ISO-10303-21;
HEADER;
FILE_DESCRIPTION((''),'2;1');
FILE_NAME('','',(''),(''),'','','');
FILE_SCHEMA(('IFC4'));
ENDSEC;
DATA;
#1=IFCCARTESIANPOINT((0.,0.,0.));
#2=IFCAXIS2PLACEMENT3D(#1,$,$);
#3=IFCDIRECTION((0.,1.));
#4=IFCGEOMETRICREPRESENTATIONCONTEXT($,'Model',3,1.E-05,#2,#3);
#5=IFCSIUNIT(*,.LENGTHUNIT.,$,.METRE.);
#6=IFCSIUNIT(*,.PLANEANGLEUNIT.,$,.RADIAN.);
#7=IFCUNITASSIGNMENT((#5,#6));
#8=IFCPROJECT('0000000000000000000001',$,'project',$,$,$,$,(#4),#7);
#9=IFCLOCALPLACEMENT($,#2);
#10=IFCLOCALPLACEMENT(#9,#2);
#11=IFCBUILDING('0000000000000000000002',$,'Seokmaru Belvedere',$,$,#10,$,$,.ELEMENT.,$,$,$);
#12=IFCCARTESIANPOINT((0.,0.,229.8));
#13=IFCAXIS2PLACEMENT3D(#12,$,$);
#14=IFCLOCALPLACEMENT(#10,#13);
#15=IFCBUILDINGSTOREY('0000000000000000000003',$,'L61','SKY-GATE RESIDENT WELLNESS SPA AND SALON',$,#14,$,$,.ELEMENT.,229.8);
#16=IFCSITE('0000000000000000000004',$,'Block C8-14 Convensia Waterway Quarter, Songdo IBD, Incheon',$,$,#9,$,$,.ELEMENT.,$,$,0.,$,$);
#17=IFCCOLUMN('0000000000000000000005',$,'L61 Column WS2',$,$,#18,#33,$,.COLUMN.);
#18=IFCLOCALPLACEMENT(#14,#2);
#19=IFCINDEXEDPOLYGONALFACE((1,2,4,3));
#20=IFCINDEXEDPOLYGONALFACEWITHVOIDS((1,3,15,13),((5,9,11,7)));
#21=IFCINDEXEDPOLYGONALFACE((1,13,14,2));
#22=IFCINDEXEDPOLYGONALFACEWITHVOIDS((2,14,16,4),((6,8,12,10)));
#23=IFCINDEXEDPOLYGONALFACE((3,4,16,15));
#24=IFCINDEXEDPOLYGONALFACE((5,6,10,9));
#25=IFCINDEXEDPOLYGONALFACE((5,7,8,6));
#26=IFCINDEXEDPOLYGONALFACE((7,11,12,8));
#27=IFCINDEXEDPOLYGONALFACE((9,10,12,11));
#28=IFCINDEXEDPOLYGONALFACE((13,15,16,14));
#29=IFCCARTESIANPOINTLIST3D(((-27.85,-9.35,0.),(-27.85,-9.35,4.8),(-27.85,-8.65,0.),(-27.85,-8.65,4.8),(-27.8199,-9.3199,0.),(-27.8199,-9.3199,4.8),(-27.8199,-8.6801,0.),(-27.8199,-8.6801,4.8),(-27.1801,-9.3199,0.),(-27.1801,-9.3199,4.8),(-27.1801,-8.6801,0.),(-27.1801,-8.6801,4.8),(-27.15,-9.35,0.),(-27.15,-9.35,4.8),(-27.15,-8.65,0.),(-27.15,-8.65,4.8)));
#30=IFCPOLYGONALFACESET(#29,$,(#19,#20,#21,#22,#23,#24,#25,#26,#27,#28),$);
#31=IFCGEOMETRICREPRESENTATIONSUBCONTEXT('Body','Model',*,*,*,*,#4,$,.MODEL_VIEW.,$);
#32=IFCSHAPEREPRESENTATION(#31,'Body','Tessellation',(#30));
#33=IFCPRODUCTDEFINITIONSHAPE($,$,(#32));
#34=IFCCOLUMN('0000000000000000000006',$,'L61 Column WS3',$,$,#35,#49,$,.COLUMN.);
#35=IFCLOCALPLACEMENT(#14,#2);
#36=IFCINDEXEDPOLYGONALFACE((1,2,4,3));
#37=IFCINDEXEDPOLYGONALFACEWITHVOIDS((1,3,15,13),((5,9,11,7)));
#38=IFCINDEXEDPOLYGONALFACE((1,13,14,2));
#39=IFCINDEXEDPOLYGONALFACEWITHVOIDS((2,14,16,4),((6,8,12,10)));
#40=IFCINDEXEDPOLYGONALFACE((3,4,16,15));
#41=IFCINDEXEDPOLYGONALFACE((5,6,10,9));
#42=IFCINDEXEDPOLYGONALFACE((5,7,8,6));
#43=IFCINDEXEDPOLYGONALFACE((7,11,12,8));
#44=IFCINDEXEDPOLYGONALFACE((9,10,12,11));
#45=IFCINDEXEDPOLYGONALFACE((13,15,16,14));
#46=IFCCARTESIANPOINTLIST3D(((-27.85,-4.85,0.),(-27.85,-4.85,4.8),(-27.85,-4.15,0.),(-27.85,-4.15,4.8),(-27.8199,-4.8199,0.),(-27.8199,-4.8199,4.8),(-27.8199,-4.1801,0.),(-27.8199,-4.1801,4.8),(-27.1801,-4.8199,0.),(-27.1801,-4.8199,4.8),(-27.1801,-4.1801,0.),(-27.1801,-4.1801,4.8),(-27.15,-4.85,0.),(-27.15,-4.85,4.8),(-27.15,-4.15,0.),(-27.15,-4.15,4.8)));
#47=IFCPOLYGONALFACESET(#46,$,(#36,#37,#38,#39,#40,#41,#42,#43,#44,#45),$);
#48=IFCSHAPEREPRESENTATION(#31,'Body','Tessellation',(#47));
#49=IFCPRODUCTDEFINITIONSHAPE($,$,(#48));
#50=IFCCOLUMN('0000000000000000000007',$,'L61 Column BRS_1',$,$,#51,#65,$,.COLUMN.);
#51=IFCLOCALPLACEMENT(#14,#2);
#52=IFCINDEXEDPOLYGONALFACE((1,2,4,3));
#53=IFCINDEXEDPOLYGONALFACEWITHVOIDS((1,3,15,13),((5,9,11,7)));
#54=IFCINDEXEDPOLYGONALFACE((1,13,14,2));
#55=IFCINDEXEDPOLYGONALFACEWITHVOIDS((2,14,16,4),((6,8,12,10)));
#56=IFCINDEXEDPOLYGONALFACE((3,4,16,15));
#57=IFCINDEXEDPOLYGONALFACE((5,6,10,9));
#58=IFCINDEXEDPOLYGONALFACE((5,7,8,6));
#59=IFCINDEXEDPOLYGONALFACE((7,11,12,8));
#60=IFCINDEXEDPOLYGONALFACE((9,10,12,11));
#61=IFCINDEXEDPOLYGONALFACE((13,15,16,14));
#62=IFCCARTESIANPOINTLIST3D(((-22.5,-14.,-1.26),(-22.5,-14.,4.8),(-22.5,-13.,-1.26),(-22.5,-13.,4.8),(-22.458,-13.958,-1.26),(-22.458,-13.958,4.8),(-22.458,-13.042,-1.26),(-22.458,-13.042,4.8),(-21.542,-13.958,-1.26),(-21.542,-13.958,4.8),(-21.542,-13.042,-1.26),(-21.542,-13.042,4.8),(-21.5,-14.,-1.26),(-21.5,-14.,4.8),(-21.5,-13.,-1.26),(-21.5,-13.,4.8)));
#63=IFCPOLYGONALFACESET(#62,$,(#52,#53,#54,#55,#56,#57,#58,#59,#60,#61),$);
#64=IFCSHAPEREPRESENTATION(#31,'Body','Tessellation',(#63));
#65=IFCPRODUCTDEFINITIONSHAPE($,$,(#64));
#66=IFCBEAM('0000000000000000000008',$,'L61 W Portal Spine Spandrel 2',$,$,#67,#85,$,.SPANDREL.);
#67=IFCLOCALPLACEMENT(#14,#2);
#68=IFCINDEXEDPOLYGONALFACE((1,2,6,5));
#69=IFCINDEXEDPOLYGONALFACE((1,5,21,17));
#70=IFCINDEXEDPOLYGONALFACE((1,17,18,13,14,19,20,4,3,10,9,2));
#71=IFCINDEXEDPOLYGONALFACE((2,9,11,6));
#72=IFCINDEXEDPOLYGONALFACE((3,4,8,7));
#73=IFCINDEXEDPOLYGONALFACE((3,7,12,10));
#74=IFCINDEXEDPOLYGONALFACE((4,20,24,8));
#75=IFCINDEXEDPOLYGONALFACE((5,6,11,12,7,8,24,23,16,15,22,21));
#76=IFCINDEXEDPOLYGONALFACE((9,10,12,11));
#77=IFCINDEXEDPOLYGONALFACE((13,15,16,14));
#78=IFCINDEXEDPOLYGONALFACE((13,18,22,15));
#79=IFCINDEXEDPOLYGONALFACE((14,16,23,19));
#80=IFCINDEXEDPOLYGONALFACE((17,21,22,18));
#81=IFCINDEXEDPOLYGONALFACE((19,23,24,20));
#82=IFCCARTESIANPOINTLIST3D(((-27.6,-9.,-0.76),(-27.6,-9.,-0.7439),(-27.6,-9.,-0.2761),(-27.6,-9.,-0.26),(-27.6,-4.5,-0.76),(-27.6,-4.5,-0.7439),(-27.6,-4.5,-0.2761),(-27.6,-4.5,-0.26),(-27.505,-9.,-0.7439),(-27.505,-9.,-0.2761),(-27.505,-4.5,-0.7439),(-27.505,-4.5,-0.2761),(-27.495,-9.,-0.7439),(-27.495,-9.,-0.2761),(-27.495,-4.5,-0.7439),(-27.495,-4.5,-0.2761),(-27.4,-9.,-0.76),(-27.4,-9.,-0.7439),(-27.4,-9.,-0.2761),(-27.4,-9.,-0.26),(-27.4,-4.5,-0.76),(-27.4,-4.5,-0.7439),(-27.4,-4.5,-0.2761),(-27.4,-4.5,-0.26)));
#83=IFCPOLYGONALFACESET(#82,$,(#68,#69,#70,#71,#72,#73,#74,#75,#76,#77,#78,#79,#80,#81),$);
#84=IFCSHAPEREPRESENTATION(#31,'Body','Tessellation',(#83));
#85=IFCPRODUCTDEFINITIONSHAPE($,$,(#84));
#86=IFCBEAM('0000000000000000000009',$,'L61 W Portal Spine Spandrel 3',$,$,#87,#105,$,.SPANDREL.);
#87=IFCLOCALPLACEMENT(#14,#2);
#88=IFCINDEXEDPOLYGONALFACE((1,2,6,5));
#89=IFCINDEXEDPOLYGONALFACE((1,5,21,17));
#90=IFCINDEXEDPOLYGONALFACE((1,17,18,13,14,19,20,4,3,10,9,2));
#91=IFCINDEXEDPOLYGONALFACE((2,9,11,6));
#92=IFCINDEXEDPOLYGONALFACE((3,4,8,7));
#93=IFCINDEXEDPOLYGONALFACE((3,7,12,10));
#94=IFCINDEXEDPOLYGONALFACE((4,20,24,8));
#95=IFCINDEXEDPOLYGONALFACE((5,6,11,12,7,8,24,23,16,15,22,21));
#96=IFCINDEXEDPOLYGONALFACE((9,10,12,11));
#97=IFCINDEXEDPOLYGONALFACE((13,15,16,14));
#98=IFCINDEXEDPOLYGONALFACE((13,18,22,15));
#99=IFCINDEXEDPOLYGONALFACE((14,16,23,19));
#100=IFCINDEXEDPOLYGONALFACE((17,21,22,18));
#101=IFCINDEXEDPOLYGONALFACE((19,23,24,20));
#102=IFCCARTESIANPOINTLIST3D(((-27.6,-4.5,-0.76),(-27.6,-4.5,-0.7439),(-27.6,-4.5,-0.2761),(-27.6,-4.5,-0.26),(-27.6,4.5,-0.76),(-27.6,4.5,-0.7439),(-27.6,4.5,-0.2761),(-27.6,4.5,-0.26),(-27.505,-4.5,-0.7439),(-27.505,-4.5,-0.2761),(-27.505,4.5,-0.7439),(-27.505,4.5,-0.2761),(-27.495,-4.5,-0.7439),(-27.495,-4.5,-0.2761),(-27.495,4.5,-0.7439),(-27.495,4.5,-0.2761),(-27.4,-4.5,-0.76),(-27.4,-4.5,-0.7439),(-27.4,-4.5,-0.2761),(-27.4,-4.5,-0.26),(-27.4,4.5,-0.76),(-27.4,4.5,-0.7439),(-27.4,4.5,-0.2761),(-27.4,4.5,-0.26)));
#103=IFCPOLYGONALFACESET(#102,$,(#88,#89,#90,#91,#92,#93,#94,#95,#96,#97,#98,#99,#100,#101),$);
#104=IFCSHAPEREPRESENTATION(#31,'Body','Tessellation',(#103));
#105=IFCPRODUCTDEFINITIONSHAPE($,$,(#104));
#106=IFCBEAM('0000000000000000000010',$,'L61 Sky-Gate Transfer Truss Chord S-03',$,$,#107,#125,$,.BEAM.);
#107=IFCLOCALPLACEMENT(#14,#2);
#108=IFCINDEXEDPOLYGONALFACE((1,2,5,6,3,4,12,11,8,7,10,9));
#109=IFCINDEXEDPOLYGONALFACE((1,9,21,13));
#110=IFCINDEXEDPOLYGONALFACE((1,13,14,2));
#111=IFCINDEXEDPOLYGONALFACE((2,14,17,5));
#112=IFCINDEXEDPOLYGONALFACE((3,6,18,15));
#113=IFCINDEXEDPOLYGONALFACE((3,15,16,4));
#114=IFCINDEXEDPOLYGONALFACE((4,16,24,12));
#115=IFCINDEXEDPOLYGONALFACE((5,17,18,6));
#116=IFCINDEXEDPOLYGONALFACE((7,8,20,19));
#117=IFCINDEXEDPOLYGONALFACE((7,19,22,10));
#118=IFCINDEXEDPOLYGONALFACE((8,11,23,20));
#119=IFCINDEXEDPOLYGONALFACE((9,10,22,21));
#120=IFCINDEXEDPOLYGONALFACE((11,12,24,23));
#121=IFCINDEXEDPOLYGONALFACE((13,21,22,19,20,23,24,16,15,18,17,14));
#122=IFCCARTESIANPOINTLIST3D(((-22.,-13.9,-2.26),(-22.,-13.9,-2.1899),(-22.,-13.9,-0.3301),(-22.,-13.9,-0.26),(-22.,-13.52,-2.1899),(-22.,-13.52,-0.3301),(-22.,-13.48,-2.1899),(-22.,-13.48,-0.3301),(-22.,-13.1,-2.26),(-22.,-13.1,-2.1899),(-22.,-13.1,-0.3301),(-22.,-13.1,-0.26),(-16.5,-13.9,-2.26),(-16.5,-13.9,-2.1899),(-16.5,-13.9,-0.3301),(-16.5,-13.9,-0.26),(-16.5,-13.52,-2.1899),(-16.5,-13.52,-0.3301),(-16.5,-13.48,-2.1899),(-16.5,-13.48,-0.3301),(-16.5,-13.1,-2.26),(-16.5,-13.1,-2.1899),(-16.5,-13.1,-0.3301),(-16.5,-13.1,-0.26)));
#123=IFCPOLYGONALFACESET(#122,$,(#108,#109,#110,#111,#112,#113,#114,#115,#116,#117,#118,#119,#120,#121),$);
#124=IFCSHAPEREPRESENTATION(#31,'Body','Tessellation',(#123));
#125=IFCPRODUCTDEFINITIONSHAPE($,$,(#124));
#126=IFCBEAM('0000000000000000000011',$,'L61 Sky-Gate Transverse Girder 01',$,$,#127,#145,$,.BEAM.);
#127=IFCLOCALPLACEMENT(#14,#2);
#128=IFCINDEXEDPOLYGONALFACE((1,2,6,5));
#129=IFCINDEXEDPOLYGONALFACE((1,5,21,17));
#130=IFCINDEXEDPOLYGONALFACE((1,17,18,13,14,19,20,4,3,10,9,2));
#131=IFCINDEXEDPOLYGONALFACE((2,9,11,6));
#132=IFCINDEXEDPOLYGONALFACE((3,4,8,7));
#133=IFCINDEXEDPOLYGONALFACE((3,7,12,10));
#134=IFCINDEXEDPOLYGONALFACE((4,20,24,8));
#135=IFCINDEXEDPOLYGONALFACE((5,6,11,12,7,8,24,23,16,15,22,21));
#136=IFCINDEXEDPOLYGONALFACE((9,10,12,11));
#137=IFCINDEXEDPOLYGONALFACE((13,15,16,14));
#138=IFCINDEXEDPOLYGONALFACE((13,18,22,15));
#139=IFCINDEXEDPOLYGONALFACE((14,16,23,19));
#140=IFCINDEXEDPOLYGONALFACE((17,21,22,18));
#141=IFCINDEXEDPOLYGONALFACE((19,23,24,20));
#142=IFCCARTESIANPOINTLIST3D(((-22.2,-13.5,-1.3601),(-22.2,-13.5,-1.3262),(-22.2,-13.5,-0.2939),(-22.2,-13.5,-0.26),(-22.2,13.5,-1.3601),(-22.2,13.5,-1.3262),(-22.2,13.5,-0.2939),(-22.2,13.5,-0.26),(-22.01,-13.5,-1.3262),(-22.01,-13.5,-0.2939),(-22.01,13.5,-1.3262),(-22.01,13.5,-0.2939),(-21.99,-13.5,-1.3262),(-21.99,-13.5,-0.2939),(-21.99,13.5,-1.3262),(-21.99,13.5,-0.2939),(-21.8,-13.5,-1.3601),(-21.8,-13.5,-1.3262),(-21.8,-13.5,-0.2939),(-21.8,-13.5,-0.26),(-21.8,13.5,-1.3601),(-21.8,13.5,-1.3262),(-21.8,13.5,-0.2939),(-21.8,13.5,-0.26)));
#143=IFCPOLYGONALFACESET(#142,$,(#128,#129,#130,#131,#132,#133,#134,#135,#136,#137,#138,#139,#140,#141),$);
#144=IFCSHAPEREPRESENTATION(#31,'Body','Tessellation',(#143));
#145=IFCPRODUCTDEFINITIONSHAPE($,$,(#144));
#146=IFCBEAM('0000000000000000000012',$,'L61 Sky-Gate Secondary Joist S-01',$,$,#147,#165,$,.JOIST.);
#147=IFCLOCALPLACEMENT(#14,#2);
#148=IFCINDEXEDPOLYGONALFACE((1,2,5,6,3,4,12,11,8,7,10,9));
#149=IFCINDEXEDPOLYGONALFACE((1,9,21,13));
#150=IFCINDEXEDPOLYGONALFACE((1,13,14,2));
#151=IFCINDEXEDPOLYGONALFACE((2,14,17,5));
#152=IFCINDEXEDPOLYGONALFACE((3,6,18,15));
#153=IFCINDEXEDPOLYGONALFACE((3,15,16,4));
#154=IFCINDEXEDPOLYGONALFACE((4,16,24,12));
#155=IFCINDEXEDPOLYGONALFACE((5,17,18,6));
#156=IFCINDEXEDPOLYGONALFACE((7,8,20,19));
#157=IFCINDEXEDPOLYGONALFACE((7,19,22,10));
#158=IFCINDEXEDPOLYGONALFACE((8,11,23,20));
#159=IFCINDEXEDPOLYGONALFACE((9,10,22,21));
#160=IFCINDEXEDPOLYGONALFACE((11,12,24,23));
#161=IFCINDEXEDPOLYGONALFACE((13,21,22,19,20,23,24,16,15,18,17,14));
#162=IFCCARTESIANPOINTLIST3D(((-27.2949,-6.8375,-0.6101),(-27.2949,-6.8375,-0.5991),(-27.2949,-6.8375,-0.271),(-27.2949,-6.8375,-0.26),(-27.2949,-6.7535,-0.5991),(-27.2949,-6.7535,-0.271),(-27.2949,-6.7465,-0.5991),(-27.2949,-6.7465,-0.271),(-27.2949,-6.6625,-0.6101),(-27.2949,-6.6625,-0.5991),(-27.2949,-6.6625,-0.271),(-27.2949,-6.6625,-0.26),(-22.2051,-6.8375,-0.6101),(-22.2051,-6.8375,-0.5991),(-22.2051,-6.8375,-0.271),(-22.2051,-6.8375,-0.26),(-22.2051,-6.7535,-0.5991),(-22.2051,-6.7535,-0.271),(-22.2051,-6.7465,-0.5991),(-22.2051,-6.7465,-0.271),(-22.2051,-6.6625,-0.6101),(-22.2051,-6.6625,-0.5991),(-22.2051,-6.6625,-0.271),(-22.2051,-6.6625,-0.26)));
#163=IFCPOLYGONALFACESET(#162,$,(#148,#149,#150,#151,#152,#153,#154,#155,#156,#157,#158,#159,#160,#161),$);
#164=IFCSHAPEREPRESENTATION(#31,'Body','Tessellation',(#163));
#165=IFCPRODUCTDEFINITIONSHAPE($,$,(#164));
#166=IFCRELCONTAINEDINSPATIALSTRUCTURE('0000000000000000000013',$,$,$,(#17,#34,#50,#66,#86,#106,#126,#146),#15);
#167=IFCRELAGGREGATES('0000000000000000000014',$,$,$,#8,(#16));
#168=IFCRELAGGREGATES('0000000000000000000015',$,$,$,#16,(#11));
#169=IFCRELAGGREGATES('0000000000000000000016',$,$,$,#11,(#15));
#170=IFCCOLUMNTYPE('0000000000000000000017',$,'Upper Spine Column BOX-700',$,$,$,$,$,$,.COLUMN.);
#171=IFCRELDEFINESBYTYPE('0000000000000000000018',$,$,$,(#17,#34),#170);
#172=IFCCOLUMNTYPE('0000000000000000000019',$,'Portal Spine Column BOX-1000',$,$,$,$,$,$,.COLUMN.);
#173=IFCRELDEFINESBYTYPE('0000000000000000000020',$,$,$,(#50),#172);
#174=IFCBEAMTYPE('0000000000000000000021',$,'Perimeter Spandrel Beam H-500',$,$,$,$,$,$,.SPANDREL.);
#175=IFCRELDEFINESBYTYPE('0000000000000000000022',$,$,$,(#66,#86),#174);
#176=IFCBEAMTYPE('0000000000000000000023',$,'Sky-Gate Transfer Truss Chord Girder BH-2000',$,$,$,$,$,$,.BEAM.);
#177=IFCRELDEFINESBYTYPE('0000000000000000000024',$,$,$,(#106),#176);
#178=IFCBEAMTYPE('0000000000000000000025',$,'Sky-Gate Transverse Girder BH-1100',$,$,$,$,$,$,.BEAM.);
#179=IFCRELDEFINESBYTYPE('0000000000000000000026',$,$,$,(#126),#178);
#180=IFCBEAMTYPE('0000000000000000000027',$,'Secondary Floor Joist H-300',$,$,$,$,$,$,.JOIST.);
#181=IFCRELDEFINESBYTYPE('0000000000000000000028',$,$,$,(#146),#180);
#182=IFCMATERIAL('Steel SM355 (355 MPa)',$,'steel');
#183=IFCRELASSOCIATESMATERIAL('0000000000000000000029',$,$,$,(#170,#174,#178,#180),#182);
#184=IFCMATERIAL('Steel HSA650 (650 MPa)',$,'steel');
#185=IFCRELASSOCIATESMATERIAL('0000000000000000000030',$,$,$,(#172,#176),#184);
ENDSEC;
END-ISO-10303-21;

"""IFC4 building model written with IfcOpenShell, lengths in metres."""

from ifc_helpers import new_model, si_unit, direction, frame, origin, origin_2d, place, context, subcontext, project, spatial, hollow_rectangle, i_section, extrude, source, transform, mapped, material, material_profile, profile_set, type_object, type_shapes, element, save


model = new_model("IFC4")

# Units and contexts
model_context = context("Model", 3, precision=1e-05, world=origin(), true_north=direction((0.0, 1.0)))
body_context = subcontext(model_context, "Body", "Model", "MODEL_VIEW")
ifc_project = project(units=[si_unit("LENGTHUNIT", "METRE"), si_unit("PLANEANGLEUNIT", "RADIAN")], contexts=[model_context])

# Site, building, storey
site_placement = place(None, origin())
site = spatial("IfcSite", under=ifc_project, at=site_placement, Name="Block C8-14 Convensia Waterway Quarter, Songdo IBD, Incheon", CompositionType="ELEMENT", RefElevation=0.0)
building_placement = place(site_placement, origin())
building = spatial("IfcBuilding", under=site, at=building_placement, Name="Seokmaru Belvedere", CompositionType="ELEMENT")
storey_placement = place(building_placement, frame((0.0, 0.0, 229.8)))
storey = spatial("IfcBuildingStorey", under=building, at=storey_placement, Name="L61", Description="SKY-GATE RESIDENT WELLNESS SPA AND SALON", CompositionType="ELEMENT", Elevation=229.8)

# Columns
ifc_material_1 = material(Name="Steel SM355 (355 MPa)", Category="steel")
ifc_material_profile_1 = material_profile(ifc_material_1, hollow_rectangle(XDim=0.7, YDim=0.7, WallThickness=0.03, at=origin_2d()), Name="BOX-700x700x30")
ifc_profile_set_1 = profile_set([ifc_material_profile_1], Name="Steel SM355 (355 MPa)")
column_type_1 = type_object("IfcColumnType", Name="Upper Spine Column BOX-700", PredefinedType="COLUMN", material=ifc_profile_set_1)
shared_shape_1 = source(origin(), body_context, "Body", "SweptSolid", [
    extrude(hollow_rectangle(XDim=0.7, YDim=0.7, WallThickness=0.03, at=origin_2d()), origin(), (0.0, 0.0, 1.0), 4.8),
])
type_shapes(column_type_1, [shared_shape_1])
for number, where, z_axis, x_axis, name in (
    (1, (-27.5, -9.0, 0.0), (0.0, 0.0, 1.0), (1.0, 0.0, 0.0), "L61 Column WS2"),
    (2, (-27.5, -4.5, 0.0), (0.0, 0.0, 1.0), (1.0, 0.0, 0.0), "L61 Column WS3"),
):
    element("IfcColumn", number, at=place(storey_placement, frame(where, z_axis=z_axis, x_axis=x_axis)), inside=storey, type_object=column_type_1, Name=name, PredefinedType="COLUMN", context=body_context, shape_type="MappedRepresentation", body=[
        mapped(shared_shape_1, transform((0.0, 0.0, 0.0), scale=1.0)),
    ])
ifc_material_2 = material(Name="Steel HSA650 (650 MPa)", Category="steel")
ifc_material_profile_2 = material_profile(ifc_material_2, hollow_rectangle(XDim=1.0, YDim=1.0, WallThickness=0.042, at=origin_2d()), Name="BOX-1000x1000x42")
ifc_profile_set_2 = profile_set([ifc_material_profile_2], Name="Steel HSA650 (650 MPa)")
column_type_2 = type_object("IfcColumnType", Name="Portal Spine Column BOX-1000", PredefinedType="COLUMN", material=ifc_profile_set_2)
shared_shape_2 = source(origin(), body_context, "Body", "SweptSolid", [
    extrude(hollow_rectangle(XDim=1.0, YDim=1.0, WallThickness=0.042, at=origin_2d()), origin(), (0.0, 0.0, 1.0), 6.0601),
])
type_shapes(column_type_2, [shared_shape_2])
column_placement = place(storey_placement, frame((-22.0, -13.5, -1.26), z_axis=(0.0, 0.0, 1.0), x_axis=(1.0, 0.0, 0.0)))
element("IfcColumn", 3, at=column_placement, inside=storey, type_object=column_type_2, Name="L61 Column BRS_1", PredefinedType="COLUMN", context=body_context, shape_type="MappedRepresentation", body=[
    mapped(shared_shape_2, transform((0.0, 0.0, 0.0), scale=1.0)),
])

# Beams
ifc_material_profile_3 = material_profile(ifc_material_1, i_section(OverallWidth=0.2, OverallDepth=0.5, WebThickness=0.01, FlangeThickness=0.0161, at=origin_2d()), Name="H-500x200x10x16")
ifc_profile_set_3 = profile_set([ifc_material_profile_3], Name="Steel SM355 (355 MPa)")
beam_type_1 = type_object("IfcBeamType", Name="Perimeter Spandrel Beam H-500", PredefinedType="SPANDREL", material=ifc_profile_set_3)
shared_shape_3 = source(origin(), body_context, "Body", "SweptSolid", [
    extrude(i_section(OverallWidth=0.2, OverallDepth=0.5, WebThickness=0.01, FlangeThickness=0.0161, at=origin_2d()), origin(), (0.0, 0.0, 1.0), 4.5),
])
beam_1_placement = place(storey_placement, frame((-27.5, -9.0, -0.51), z_axis=(0.0, 1.0, 0.0), x_axis=(-1.0, 0.0, 0.0)))
element("IfcBeam", 4, at=beam_1_placement, inside=storey, type_object=beam_type_1, Name="L61 W Portal Spine Spandrel 2", PredefinedType="SPANDREL", context=body_context, shape_type="MappedRepresentation", body=[
    mapped(shared_shape_3, transform((0.0, 0.0, 0.0), scale=1.0)),
])
shared_shape_4 = source(origin(), body_context, "Body", "SweptSolid", [
    extrude(i_section(OverallWidth=0.2, OverallDepth=0.5, WebThickness=0.01, FlangeThickness=0.0161, at=origin_2d()), origin(), (0.0, 0.0, 1.0), 9.0),
])
type_shapes(beam_type_1, [shared_shape_3, shared_shape_4])
beam_2_placement = place(storey_placement, frame((-27.5, -4.5, -0.51), z_axis=(0.0, 1.0, 0.0), x_axis=(-1.0, 0.0, 0.0)))
element("IfcBeam", 5, at=beam_2_placement, inside=storey, type_object=beam_type_1, Name="L61 W Portal Spine Spandrel 3", PredefinedType="SPANDREL", context=body_context, shape_type="MappedRepresentation", body=[
    mapped(shared_shape_4, transform((0.0, 0.0, 0.0), scale=1.0)),
])
ifc_material_profile_4 = material_profile(ifc_material_2, i_section(OverallWidth=0.8, OverallDepth=2.0, WebThickness=0.04, FlangeThickness=0.0701, at=origin_2d()), Name="BH-2000x800x40x70")
ifc_profile_set_4 = profile_set([ifc_material_profile_4], Name="Steel HSA650 (650 MPa)")
beam_type_2 = type_object("IfcBeamType", Name="Sky-Gate Transfer Truss Chord Girder BH-2000", PredefinedType="BEAM", material=ifc_profile_set_4)
shared_shape_5 = source(origin(), body_context, "Body", "SweptSolid", [
    extrude(i_section(OverallWidth=0.8, OverallDepth=2.0, WebThickness=0.04, FlangeThickness=0.0701, at=origin_2d()), origin(), (0.0, 0.0, 1.0), 5.5),
])
type_shapes(beam_type_2, [shared_shape_5])
beam_3_placement = place(storey_placement, frame((-22.0, -13.5, -1.26), z_axis=(1.0, 0.0, 0.0), x_axis=(0.0, 1.0, 0.0)))
element("IfcBeam", 6, at=beam_3_placement, inside=storey, type_object=beam_type_2, Name="L61 Sky-Gate Transfer Truss Chord S-03", PredefinedType="BEAM", context=body_context, shape_type="MappedRepresentation", body=[
    mapped(shared_shape_5, transform((0.0, 0.0, 0.0), scale=1.0)),
])
ifc_material_profile_5 = material_profile(ifc_material_1, i_section(OverallWidth=0.3999, OverallDepth=1.1001, WebThickness=0.02, FlangeThickness=0.0339, at=origin_2d()), Name="BH-1100x400x20x34")
ifc_profile_set_5 = profile_set([ifc_material_profile_5], Name="Steel SM355 (355 MPa)")
beam_type_3 = type_object("IfcBeamType", Name="Sky-Gate Transverse Girder BH-1100", PredefinedType="BEAM", material=ifc_profile_set_5)
shared_shape_6 = source(origin(), body_context, "Body", "SweptSolid", [
    extrude(i_section(OverallWidth=0.3999, OverallDepth=1.1001, WebThickness=0.02, FlangeThickness=0.0339, at=origin_2d()), origin(), (0.0, 0.0, 1.0), 27.0),
])
type_shapes(beam_type_3, [shared_shape_6])
beam_4_placement = place(storey_placement, frame((-22.0, -13.5, -0.8101), z_axis=(0.0, 1.0, 0.0), x_axis=(-1.0, 0.0, 0.0)))
element("IfcBeam", 7, at=beam_4_placement, inside=storey, type_object=beam_type_3, Name="L61 Sky-Gate Transverse Girder 01", PredefinedType="BEAM", context=body_context, shape_type="MappedRepresentation", body=[
    mapped(shared_shape_6, transform((0.0, 0.0, 0.0), scale=1.0)),
])
ifc_material_profile_6 = material_profile(ifc_material_1, i_section(OverallWidth=0.175, OverallDepth=0.3501, WebThickness=0.0071, FlangeThickness=0.011, at=origin_2d()), Name="H-350x175x7x11")
ifc_profile_set_6 = profile_set([ifc_material_profile_6], Name="Steel SM355 (355 MPa)")
beam_type_4 = type_object("IfcBeamType", Name="Secondary Floor Joist H-300", PredefinedType="JOIST", material=ifc_profile_set_6)
shared_shape_7 = source(origin(), body_context, "Body", "SweptSolid", [
    extrude(i_section(OverallWidth=0.175, OverallDepth=0.3501, WebThickness=0.0071, FlangeThickness=0.011, at=origin_2d()), origin(), (0.0, 0.0, 1.0), 5.0898),
])
type_shapes(beam_type_4, [shared_shape_7])
for number, where, z_axis, x_axis, name in (
    (8, (-27.2949, -6.75, -0.4351), (1.0, 0.0, 0.0), (0.0, 1.0, 0.0), "L61 Sky-Gate Secondary Joist S-01"),
):
    element("IfcBeam", number, at=place(storey_placement, frame(where, z_axis=z_axis, x_axis=x_axis)), inside=storey, type_object=beam_type_4, Name=name, PredefinedType="JOIST", context=body_context, shape_type="MappedRepresentation", body=[
        mapped(shared_shape_7, transform((0.0, 0.0, 0.0), scale=1.0)),
    ])

save(model, "model.ifc")
